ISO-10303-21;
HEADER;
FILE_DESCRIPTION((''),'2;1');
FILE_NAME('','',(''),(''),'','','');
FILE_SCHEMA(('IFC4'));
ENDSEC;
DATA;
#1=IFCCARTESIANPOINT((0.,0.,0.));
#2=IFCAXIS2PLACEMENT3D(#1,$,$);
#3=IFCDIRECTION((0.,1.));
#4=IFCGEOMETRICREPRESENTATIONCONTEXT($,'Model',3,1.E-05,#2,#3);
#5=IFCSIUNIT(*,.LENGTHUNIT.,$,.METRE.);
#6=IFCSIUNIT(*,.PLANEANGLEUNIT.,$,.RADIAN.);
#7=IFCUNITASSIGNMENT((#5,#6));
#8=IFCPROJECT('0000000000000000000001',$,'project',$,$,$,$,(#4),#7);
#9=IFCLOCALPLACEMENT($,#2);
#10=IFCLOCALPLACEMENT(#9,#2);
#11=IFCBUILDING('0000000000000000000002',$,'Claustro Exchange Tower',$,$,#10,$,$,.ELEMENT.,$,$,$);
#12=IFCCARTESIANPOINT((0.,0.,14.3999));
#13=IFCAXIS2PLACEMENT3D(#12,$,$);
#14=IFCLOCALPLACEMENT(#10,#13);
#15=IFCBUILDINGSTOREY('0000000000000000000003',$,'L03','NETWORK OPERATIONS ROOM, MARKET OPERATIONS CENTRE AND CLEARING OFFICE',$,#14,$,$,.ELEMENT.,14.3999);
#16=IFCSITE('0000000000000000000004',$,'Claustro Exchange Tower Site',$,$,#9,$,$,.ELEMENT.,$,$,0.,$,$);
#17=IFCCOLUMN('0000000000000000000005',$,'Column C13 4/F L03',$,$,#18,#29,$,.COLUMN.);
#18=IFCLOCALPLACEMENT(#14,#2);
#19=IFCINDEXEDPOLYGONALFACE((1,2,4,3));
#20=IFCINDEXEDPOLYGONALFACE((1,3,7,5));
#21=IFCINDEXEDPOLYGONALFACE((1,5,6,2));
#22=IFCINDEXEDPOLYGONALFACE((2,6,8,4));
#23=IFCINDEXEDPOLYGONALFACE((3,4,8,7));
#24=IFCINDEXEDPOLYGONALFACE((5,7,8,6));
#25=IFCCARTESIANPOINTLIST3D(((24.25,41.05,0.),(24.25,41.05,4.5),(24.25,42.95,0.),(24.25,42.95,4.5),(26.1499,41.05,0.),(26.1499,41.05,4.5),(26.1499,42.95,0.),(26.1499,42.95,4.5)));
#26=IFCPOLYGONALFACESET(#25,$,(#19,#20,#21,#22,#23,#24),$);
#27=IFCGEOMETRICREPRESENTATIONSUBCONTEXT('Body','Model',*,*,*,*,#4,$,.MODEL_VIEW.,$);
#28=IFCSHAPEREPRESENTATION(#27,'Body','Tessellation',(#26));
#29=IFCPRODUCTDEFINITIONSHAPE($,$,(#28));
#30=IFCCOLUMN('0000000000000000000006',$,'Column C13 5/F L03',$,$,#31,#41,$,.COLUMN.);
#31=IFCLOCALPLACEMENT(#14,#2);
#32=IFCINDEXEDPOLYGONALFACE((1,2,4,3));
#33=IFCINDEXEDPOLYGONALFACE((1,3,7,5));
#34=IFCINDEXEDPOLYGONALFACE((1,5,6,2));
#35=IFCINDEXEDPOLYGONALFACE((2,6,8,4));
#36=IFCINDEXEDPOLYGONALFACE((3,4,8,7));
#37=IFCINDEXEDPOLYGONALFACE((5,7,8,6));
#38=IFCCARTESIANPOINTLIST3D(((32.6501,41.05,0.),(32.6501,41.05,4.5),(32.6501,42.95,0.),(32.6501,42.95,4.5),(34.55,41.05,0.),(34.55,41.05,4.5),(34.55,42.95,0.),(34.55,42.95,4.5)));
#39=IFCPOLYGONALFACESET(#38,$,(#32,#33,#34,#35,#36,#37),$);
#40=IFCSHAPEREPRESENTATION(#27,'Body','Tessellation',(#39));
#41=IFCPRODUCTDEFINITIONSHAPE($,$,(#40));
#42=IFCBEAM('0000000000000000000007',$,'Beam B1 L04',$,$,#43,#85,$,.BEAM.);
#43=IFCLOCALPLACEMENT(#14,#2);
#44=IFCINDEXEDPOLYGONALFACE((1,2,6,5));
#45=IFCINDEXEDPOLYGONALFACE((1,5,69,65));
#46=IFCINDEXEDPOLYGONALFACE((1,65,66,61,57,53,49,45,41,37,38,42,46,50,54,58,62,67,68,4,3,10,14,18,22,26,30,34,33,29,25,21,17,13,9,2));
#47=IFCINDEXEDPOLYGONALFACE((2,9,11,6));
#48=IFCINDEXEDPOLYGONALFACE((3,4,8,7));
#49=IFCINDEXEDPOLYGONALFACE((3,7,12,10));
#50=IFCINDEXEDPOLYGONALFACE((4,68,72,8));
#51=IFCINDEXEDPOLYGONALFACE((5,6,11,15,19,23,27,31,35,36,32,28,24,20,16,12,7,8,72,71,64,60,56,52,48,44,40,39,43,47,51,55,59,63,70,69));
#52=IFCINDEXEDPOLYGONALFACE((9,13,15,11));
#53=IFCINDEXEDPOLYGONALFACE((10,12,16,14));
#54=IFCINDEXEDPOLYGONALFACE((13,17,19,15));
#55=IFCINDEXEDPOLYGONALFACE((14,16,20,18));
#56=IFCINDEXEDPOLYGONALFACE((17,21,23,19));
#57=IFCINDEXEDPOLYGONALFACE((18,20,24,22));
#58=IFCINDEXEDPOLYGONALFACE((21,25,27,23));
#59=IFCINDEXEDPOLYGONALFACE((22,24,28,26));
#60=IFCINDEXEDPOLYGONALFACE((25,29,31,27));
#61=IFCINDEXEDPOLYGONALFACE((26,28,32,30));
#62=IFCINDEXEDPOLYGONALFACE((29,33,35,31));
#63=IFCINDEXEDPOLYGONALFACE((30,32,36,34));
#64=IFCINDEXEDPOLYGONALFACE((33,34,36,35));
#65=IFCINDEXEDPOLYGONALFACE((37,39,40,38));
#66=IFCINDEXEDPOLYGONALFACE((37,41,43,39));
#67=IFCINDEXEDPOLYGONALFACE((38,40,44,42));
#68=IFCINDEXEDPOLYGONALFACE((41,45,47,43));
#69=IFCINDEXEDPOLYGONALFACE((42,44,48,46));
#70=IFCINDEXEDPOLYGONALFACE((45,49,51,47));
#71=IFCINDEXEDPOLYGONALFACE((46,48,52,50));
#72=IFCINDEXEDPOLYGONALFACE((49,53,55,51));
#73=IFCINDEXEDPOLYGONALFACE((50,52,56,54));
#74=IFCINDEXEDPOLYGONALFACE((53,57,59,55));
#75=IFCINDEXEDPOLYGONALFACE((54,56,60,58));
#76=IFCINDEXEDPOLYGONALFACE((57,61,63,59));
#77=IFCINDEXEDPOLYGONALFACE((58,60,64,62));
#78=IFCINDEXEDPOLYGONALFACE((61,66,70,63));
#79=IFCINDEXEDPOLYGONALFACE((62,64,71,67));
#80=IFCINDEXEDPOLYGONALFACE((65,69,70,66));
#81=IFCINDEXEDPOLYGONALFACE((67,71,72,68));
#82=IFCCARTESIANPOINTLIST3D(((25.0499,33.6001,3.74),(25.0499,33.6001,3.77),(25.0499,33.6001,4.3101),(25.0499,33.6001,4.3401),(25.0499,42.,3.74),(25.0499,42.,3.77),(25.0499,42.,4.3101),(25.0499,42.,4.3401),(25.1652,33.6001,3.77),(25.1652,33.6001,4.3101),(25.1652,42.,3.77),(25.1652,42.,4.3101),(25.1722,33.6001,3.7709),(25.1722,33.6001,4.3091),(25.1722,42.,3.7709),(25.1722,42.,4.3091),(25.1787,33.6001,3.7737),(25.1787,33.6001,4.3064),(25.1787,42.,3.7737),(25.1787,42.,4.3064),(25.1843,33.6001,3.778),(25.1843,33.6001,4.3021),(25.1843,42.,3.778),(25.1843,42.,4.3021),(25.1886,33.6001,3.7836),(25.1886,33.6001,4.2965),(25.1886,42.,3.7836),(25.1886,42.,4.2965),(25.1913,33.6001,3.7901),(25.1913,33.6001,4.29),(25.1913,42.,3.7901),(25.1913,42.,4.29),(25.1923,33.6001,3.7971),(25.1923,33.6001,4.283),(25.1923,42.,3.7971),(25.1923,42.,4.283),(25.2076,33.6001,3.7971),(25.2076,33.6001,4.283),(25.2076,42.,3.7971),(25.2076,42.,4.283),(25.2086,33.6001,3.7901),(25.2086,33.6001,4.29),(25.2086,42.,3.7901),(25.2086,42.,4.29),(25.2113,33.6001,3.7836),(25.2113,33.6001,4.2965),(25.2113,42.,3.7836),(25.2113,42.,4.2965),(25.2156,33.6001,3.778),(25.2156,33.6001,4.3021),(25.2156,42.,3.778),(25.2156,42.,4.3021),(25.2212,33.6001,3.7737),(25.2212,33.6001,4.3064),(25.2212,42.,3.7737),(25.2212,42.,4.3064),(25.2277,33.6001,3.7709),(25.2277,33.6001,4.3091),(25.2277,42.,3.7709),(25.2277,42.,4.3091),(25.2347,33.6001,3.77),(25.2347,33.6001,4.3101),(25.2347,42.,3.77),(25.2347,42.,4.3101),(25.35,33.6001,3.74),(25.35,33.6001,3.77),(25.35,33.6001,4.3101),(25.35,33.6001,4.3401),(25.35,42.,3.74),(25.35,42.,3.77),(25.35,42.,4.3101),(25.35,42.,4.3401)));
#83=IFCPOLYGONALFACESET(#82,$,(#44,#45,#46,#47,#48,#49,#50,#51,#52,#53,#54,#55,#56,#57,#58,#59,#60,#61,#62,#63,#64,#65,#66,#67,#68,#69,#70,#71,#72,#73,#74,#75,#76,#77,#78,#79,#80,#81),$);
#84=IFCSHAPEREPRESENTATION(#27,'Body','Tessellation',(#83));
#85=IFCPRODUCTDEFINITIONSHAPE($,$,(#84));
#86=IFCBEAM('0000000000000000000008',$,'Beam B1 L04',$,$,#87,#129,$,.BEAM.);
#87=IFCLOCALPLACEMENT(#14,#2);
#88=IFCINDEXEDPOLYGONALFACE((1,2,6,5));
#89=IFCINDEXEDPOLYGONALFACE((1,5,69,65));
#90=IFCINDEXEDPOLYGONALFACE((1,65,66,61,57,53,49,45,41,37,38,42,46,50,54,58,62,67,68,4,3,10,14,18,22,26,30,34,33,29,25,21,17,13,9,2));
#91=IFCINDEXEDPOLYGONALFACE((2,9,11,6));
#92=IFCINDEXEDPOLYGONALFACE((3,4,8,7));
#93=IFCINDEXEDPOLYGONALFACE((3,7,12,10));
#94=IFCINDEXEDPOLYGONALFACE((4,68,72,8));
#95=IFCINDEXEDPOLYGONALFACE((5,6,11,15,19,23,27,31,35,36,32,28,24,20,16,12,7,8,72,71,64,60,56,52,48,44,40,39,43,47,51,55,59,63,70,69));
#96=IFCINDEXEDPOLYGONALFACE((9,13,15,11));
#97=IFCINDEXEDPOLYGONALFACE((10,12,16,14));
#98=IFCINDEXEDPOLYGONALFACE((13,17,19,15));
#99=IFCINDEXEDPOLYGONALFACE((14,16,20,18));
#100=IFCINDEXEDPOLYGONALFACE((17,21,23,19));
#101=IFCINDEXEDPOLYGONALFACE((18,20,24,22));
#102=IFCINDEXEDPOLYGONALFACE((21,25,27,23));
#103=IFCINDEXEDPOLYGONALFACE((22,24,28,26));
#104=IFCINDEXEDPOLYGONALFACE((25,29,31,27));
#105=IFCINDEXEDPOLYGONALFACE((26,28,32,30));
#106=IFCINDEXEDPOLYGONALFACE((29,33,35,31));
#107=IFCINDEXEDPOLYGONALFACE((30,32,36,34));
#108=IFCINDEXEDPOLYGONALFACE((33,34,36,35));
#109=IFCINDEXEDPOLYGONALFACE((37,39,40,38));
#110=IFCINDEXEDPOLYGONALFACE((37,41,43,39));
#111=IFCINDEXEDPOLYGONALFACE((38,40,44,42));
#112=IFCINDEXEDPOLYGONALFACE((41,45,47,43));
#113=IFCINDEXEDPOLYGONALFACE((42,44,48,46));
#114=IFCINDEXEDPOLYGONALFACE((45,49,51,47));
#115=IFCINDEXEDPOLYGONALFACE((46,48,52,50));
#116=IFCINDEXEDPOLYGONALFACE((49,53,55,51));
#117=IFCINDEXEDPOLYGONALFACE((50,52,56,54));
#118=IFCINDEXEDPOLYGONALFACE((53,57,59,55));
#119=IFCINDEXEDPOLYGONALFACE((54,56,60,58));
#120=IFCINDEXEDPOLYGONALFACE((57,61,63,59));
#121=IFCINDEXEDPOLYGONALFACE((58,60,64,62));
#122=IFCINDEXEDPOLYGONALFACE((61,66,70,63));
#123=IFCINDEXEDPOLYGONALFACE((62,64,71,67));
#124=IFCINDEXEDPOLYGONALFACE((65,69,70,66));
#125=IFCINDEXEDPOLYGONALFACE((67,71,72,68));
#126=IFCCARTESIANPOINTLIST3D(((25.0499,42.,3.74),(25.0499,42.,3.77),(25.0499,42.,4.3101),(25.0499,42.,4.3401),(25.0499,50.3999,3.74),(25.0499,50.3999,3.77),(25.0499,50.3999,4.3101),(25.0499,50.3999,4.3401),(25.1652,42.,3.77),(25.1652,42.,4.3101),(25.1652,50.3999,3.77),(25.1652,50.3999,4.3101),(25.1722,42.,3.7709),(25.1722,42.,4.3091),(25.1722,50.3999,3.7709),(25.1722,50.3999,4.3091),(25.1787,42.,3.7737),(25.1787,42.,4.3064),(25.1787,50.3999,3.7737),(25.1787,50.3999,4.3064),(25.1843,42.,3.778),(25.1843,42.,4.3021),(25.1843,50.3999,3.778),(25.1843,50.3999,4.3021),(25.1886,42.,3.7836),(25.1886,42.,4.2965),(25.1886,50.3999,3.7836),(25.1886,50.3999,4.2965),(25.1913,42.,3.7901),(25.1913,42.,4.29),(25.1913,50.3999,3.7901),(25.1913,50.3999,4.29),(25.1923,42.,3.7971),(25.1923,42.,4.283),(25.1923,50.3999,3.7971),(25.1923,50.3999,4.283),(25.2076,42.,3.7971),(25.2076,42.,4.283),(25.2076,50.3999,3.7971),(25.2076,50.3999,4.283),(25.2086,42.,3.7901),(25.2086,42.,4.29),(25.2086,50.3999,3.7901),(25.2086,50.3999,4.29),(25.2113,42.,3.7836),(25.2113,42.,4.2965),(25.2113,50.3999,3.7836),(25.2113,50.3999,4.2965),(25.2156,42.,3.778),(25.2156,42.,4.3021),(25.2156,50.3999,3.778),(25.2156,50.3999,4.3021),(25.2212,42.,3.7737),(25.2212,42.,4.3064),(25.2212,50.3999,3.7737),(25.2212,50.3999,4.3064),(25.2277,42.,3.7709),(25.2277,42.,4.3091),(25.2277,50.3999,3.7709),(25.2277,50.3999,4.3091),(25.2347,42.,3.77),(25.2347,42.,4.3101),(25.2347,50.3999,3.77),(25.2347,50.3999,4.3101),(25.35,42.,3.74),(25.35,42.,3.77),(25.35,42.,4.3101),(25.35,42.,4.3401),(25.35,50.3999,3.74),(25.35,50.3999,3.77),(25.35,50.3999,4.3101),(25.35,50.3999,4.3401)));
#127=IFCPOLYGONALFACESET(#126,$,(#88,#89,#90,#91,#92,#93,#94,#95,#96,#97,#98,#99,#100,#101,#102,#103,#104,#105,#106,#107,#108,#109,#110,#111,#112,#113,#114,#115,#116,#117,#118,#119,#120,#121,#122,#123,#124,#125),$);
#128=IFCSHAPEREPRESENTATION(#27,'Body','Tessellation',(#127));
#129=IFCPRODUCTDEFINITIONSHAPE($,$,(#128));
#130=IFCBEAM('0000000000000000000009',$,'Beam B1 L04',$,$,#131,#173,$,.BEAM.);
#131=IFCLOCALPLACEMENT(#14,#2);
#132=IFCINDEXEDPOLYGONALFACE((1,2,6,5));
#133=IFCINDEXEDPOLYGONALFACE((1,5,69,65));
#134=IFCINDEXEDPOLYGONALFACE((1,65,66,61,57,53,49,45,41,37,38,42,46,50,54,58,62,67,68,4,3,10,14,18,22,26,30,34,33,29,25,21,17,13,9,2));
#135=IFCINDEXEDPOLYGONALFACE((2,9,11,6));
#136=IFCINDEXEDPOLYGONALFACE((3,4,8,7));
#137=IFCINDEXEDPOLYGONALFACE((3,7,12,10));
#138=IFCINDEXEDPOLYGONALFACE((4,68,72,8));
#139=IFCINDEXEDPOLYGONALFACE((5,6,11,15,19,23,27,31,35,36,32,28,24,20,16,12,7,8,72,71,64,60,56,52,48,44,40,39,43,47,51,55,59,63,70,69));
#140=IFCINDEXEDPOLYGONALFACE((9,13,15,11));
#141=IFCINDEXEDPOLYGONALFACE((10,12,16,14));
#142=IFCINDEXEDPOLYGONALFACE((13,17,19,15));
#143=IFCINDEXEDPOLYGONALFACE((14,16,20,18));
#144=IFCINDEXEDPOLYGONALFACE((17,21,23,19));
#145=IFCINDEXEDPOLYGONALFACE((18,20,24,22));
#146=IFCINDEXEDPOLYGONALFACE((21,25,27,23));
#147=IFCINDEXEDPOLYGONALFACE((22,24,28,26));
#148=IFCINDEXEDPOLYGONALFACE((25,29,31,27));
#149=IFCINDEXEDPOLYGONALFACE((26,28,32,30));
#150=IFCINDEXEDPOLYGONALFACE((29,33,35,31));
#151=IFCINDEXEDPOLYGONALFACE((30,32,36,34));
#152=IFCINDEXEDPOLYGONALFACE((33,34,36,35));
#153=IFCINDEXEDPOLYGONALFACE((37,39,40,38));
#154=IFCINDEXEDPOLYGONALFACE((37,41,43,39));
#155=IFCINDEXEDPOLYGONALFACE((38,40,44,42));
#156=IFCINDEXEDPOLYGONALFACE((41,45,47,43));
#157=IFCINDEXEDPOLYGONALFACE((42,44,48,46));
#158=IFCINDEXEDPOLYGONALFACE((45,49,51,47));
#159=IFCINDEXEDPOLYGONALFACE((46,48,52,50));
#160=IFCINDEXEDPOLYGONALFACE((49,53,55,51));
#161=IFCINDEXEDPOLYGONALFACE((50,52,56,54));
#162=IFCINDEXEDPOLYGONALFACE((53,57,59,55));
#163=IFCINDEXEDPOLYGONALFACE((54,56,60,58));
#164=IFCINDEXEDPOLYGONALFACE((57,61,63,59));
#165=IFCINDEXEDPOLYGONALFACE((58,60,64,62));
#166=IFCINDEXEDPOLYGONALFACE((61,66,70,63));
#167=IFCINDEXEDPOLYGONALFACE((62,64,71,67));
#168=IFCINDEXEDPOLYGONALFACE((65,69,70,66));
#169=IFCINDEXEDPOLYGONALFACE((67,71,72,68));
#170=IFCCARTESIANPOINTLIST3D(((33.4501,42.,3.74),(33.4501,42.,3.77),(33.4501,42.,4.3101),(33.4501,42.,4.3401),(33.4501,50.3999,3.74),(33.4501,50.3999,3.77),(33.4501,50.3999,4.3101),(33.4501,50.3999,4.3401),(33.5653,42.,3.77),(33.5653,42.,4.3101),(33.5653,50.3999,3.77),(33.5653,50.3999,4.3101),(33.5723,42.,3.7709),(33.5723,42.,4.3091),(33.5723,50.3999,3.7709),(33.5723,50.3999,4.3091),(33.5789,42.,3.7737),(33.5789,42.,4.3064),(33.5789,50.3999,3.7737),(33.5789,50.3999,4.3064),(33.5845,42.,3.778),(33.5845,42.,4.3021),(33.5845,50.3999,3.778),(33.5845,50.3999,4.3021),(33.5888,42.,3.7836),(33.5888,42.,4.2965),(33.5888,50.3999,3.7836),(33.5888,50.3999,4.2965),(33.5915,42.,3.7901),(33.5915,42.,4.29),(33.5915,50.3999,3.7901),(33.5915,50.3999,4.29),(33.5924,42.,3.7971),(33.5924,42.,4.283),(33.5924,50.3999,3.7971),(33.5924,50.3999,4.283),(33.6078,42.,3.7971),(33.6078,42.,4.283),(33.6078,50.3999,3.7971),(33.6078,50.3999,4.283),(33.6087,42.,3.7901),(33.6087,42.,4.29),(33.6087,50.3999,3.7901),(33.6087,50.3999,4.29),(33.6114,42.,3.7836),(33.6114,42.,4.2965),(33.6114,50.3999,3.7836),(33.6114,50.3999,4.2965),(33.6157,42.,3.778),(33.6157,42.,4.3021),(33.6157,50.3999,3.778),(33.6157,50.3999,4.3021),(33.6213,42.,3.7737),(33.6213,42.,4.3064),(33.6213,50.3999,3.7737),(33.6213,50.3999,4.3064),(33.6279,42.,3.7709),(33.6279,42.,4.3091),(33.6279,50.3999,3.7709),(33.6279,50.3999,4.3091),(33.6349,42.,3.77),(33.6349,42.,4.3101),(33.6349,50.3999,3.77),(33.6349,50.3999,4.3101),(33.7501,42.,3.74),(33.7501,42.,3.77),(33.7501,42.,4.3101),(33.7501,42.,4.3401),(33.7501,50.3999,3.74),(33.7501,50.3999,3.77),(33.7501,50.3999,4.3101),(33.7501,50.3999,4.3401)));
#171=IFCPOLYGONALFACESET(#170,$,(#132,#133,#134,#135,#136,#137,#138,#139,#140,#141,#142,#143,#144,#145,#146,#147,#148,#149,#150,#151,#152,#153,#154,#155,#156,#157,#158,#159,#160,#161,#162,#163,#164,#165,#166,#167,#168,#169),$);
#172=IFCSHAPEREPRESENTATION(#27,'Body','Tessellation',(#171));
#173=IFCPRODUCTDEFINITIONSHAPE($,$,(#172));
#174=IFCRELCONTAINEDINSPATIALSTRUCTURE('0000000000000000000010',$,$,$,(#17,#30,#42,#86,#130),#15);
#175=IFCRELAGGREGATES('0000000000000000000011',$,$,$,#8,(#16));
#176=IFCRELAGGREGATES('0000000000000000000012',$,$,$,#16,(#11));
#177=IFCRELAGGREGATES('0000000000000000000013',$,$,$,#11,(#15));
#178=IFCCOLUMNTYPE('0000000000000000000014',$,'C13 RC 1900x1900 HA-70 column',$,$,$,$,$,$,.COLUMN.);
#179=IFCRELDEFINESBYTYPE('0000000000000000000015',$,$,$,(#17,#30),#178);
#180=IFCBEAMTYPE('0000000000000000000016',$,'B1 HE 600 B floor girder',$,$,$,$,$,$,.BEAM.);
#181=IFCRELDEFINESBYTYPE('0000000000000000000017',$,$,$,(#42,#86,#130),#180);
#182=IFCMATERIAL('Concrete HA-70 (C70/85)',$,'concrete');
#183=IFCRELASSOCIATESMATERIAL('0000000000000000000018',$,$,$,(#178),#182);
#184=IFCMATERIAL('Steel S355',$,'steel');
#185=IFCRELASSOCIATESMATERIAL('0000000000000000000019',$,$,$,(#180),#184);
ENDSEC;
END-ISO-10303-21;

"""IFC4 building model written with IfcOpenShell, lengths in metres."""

from ifc_helpers import new_model, si_unit, direction, frame, origin, origin_2d, place, context, subcontext, project, spatial, rectangle, i_section, extrude, material, material_profile, profile_set, type_object, element, save


model = new_model("IFC4")

# Units and contexts
model_context = context("Model", 3, precision=1e-05, world=origin(), true_north=direction((0.0, 1.0)))
body_context = subcontext(model_context, "Body", "Model", "MODEL_VIEW")
ifc_project = project(units=[si_unit("LENGTHUNIT", "METRE"), si_unit("PLANEANGLEUNIT", "RADIAN")], contexts=[model_context])

# Site, building, storey
site_placement = place(None, origin())
site = spatial("IfcSite", under=ifc_project, at=site_placement, Name="Claustro Exchange Tower Site", CompositionType="ELEMENT", RefElevation=0.0)
building_placement = place(site_placement, origin())
building = spatial("IfcBuilding", under=site, at=building_placement, Name="Claustro Exchange Tower", CompositionType="ELEMENT")
storey_placement = place(building_placement, frame((0.0, 0.0, 14.3999)))
storey = spatial("IfcBuildingStorey", under=building, at=storey_placement, Name="L03", Description="NETWORK OPERATIONS ROOM, MARKET OPERATIONS CENTRE AND CLEARING OFFICE", CompositionType="ELEMENT", Elevation=14.3999)

# Columns
ifc_material_1 = material(Name="Concrete HA-70 (C70/85)", Category="concrete")
ifc_material_profile_1 = material_profile(ifc_material_1, rectangle(XDim=1.8999, YDim=1.8999, at=origin_2d()), Name="RC 1900x1900")
ifc_profile_set_1 = profile_set([ifc_material_profile_1], Name="Concrete HA-70 (C70/85)")
column_type = type_object("IfcColumnType", Name="C13 RC 1900x1900 HA-70 column", PredefinedType="COLUMN", material=ifc_profile_set_1)
for number, where, z_axis, x_axis, name in (
    (1, (25.2, 42.0, 0.0), (0.0, 0.0, 1.0), (1.0, 0.0, 0.0), "Column C13 4/F L03"),
    (2, (33.6001, 42.0, 0.0), (0.0, 0.0, 1.0), (1.0, 0.0, 0.0), "Column C13 5/F L03"),
):
    element("IfcColumn", number, at=place(storey_placement, frame(where, z_axis=z_axis, x_axis=x_axis)), inside=storey, type_object=column_type, Name=name, PredefinedType="COLUMN", context=body_context, shape_type="SweptSolid", body=[
        extrude(rectangle(XDim=1.8999, YDim=1.8999, at=origin_2d()), origin(), (0.0, 0.0, 1.0), 4.5),
    ])

# Beams
ifc_material_2 = material(Name="Steel S355", Category="steel")
ifc_material_profile_2 = material_profile(ifc_material_2, i_section(OverallWidth=0.3, OverallDepth=0.6001, WebThickness=0.0154, FlangeThickness=0.03, FilletRadius=0.0271, at=origin_2d()), Name="HE 600 B")
ifc_profile_set_2 = profile_set([ifc_material_profile_2], Name="Steel S355")
beam_type_1 = type_object("IfcBeamType", Name="B1 HE 600 B floor girder", PredefinedType="BEAM", material=ifc_profile_set_2)
for number, where, z_axis, x_axis, name in (
    (3, (25.2, 33.6001, 4.04), (0.0, 1.0, 0.0), (-1.0, 0.0, 0.0), "Beam B1 L04"),
    (4, (25.2, 42.0, 4.04), (0.0, 1.0, 0.0), (-1.0, 0.0, 0.0), "Beam B1 L04"),
    (5, (33.6001, 42.0, 4.04), (0.0, 1.0, 0.0), (-1.0, 0.0, 0.0), "Beam B1 L04"),
):
    element("IfcBeam", number, at=place(storey_placement, frame(where, z_axis=z_axis, x_axis=x_axis)), inside=storey, type_object=beam_type_1, Name=name, PredefinedType="BEAM", context=body_context, shape_type="SweptSolid", body=[
        extrude(i_section(OverallWidth=0.3, OverallDepth=0.6001, WebThickness=0.0154, FlangeThickness=0.03, FilletRadius=0.0271, at=origin_2d()), origin(), (0.0, 0.0, 1.0), 8.3999),
    ])

save(model, "model.ifc")
